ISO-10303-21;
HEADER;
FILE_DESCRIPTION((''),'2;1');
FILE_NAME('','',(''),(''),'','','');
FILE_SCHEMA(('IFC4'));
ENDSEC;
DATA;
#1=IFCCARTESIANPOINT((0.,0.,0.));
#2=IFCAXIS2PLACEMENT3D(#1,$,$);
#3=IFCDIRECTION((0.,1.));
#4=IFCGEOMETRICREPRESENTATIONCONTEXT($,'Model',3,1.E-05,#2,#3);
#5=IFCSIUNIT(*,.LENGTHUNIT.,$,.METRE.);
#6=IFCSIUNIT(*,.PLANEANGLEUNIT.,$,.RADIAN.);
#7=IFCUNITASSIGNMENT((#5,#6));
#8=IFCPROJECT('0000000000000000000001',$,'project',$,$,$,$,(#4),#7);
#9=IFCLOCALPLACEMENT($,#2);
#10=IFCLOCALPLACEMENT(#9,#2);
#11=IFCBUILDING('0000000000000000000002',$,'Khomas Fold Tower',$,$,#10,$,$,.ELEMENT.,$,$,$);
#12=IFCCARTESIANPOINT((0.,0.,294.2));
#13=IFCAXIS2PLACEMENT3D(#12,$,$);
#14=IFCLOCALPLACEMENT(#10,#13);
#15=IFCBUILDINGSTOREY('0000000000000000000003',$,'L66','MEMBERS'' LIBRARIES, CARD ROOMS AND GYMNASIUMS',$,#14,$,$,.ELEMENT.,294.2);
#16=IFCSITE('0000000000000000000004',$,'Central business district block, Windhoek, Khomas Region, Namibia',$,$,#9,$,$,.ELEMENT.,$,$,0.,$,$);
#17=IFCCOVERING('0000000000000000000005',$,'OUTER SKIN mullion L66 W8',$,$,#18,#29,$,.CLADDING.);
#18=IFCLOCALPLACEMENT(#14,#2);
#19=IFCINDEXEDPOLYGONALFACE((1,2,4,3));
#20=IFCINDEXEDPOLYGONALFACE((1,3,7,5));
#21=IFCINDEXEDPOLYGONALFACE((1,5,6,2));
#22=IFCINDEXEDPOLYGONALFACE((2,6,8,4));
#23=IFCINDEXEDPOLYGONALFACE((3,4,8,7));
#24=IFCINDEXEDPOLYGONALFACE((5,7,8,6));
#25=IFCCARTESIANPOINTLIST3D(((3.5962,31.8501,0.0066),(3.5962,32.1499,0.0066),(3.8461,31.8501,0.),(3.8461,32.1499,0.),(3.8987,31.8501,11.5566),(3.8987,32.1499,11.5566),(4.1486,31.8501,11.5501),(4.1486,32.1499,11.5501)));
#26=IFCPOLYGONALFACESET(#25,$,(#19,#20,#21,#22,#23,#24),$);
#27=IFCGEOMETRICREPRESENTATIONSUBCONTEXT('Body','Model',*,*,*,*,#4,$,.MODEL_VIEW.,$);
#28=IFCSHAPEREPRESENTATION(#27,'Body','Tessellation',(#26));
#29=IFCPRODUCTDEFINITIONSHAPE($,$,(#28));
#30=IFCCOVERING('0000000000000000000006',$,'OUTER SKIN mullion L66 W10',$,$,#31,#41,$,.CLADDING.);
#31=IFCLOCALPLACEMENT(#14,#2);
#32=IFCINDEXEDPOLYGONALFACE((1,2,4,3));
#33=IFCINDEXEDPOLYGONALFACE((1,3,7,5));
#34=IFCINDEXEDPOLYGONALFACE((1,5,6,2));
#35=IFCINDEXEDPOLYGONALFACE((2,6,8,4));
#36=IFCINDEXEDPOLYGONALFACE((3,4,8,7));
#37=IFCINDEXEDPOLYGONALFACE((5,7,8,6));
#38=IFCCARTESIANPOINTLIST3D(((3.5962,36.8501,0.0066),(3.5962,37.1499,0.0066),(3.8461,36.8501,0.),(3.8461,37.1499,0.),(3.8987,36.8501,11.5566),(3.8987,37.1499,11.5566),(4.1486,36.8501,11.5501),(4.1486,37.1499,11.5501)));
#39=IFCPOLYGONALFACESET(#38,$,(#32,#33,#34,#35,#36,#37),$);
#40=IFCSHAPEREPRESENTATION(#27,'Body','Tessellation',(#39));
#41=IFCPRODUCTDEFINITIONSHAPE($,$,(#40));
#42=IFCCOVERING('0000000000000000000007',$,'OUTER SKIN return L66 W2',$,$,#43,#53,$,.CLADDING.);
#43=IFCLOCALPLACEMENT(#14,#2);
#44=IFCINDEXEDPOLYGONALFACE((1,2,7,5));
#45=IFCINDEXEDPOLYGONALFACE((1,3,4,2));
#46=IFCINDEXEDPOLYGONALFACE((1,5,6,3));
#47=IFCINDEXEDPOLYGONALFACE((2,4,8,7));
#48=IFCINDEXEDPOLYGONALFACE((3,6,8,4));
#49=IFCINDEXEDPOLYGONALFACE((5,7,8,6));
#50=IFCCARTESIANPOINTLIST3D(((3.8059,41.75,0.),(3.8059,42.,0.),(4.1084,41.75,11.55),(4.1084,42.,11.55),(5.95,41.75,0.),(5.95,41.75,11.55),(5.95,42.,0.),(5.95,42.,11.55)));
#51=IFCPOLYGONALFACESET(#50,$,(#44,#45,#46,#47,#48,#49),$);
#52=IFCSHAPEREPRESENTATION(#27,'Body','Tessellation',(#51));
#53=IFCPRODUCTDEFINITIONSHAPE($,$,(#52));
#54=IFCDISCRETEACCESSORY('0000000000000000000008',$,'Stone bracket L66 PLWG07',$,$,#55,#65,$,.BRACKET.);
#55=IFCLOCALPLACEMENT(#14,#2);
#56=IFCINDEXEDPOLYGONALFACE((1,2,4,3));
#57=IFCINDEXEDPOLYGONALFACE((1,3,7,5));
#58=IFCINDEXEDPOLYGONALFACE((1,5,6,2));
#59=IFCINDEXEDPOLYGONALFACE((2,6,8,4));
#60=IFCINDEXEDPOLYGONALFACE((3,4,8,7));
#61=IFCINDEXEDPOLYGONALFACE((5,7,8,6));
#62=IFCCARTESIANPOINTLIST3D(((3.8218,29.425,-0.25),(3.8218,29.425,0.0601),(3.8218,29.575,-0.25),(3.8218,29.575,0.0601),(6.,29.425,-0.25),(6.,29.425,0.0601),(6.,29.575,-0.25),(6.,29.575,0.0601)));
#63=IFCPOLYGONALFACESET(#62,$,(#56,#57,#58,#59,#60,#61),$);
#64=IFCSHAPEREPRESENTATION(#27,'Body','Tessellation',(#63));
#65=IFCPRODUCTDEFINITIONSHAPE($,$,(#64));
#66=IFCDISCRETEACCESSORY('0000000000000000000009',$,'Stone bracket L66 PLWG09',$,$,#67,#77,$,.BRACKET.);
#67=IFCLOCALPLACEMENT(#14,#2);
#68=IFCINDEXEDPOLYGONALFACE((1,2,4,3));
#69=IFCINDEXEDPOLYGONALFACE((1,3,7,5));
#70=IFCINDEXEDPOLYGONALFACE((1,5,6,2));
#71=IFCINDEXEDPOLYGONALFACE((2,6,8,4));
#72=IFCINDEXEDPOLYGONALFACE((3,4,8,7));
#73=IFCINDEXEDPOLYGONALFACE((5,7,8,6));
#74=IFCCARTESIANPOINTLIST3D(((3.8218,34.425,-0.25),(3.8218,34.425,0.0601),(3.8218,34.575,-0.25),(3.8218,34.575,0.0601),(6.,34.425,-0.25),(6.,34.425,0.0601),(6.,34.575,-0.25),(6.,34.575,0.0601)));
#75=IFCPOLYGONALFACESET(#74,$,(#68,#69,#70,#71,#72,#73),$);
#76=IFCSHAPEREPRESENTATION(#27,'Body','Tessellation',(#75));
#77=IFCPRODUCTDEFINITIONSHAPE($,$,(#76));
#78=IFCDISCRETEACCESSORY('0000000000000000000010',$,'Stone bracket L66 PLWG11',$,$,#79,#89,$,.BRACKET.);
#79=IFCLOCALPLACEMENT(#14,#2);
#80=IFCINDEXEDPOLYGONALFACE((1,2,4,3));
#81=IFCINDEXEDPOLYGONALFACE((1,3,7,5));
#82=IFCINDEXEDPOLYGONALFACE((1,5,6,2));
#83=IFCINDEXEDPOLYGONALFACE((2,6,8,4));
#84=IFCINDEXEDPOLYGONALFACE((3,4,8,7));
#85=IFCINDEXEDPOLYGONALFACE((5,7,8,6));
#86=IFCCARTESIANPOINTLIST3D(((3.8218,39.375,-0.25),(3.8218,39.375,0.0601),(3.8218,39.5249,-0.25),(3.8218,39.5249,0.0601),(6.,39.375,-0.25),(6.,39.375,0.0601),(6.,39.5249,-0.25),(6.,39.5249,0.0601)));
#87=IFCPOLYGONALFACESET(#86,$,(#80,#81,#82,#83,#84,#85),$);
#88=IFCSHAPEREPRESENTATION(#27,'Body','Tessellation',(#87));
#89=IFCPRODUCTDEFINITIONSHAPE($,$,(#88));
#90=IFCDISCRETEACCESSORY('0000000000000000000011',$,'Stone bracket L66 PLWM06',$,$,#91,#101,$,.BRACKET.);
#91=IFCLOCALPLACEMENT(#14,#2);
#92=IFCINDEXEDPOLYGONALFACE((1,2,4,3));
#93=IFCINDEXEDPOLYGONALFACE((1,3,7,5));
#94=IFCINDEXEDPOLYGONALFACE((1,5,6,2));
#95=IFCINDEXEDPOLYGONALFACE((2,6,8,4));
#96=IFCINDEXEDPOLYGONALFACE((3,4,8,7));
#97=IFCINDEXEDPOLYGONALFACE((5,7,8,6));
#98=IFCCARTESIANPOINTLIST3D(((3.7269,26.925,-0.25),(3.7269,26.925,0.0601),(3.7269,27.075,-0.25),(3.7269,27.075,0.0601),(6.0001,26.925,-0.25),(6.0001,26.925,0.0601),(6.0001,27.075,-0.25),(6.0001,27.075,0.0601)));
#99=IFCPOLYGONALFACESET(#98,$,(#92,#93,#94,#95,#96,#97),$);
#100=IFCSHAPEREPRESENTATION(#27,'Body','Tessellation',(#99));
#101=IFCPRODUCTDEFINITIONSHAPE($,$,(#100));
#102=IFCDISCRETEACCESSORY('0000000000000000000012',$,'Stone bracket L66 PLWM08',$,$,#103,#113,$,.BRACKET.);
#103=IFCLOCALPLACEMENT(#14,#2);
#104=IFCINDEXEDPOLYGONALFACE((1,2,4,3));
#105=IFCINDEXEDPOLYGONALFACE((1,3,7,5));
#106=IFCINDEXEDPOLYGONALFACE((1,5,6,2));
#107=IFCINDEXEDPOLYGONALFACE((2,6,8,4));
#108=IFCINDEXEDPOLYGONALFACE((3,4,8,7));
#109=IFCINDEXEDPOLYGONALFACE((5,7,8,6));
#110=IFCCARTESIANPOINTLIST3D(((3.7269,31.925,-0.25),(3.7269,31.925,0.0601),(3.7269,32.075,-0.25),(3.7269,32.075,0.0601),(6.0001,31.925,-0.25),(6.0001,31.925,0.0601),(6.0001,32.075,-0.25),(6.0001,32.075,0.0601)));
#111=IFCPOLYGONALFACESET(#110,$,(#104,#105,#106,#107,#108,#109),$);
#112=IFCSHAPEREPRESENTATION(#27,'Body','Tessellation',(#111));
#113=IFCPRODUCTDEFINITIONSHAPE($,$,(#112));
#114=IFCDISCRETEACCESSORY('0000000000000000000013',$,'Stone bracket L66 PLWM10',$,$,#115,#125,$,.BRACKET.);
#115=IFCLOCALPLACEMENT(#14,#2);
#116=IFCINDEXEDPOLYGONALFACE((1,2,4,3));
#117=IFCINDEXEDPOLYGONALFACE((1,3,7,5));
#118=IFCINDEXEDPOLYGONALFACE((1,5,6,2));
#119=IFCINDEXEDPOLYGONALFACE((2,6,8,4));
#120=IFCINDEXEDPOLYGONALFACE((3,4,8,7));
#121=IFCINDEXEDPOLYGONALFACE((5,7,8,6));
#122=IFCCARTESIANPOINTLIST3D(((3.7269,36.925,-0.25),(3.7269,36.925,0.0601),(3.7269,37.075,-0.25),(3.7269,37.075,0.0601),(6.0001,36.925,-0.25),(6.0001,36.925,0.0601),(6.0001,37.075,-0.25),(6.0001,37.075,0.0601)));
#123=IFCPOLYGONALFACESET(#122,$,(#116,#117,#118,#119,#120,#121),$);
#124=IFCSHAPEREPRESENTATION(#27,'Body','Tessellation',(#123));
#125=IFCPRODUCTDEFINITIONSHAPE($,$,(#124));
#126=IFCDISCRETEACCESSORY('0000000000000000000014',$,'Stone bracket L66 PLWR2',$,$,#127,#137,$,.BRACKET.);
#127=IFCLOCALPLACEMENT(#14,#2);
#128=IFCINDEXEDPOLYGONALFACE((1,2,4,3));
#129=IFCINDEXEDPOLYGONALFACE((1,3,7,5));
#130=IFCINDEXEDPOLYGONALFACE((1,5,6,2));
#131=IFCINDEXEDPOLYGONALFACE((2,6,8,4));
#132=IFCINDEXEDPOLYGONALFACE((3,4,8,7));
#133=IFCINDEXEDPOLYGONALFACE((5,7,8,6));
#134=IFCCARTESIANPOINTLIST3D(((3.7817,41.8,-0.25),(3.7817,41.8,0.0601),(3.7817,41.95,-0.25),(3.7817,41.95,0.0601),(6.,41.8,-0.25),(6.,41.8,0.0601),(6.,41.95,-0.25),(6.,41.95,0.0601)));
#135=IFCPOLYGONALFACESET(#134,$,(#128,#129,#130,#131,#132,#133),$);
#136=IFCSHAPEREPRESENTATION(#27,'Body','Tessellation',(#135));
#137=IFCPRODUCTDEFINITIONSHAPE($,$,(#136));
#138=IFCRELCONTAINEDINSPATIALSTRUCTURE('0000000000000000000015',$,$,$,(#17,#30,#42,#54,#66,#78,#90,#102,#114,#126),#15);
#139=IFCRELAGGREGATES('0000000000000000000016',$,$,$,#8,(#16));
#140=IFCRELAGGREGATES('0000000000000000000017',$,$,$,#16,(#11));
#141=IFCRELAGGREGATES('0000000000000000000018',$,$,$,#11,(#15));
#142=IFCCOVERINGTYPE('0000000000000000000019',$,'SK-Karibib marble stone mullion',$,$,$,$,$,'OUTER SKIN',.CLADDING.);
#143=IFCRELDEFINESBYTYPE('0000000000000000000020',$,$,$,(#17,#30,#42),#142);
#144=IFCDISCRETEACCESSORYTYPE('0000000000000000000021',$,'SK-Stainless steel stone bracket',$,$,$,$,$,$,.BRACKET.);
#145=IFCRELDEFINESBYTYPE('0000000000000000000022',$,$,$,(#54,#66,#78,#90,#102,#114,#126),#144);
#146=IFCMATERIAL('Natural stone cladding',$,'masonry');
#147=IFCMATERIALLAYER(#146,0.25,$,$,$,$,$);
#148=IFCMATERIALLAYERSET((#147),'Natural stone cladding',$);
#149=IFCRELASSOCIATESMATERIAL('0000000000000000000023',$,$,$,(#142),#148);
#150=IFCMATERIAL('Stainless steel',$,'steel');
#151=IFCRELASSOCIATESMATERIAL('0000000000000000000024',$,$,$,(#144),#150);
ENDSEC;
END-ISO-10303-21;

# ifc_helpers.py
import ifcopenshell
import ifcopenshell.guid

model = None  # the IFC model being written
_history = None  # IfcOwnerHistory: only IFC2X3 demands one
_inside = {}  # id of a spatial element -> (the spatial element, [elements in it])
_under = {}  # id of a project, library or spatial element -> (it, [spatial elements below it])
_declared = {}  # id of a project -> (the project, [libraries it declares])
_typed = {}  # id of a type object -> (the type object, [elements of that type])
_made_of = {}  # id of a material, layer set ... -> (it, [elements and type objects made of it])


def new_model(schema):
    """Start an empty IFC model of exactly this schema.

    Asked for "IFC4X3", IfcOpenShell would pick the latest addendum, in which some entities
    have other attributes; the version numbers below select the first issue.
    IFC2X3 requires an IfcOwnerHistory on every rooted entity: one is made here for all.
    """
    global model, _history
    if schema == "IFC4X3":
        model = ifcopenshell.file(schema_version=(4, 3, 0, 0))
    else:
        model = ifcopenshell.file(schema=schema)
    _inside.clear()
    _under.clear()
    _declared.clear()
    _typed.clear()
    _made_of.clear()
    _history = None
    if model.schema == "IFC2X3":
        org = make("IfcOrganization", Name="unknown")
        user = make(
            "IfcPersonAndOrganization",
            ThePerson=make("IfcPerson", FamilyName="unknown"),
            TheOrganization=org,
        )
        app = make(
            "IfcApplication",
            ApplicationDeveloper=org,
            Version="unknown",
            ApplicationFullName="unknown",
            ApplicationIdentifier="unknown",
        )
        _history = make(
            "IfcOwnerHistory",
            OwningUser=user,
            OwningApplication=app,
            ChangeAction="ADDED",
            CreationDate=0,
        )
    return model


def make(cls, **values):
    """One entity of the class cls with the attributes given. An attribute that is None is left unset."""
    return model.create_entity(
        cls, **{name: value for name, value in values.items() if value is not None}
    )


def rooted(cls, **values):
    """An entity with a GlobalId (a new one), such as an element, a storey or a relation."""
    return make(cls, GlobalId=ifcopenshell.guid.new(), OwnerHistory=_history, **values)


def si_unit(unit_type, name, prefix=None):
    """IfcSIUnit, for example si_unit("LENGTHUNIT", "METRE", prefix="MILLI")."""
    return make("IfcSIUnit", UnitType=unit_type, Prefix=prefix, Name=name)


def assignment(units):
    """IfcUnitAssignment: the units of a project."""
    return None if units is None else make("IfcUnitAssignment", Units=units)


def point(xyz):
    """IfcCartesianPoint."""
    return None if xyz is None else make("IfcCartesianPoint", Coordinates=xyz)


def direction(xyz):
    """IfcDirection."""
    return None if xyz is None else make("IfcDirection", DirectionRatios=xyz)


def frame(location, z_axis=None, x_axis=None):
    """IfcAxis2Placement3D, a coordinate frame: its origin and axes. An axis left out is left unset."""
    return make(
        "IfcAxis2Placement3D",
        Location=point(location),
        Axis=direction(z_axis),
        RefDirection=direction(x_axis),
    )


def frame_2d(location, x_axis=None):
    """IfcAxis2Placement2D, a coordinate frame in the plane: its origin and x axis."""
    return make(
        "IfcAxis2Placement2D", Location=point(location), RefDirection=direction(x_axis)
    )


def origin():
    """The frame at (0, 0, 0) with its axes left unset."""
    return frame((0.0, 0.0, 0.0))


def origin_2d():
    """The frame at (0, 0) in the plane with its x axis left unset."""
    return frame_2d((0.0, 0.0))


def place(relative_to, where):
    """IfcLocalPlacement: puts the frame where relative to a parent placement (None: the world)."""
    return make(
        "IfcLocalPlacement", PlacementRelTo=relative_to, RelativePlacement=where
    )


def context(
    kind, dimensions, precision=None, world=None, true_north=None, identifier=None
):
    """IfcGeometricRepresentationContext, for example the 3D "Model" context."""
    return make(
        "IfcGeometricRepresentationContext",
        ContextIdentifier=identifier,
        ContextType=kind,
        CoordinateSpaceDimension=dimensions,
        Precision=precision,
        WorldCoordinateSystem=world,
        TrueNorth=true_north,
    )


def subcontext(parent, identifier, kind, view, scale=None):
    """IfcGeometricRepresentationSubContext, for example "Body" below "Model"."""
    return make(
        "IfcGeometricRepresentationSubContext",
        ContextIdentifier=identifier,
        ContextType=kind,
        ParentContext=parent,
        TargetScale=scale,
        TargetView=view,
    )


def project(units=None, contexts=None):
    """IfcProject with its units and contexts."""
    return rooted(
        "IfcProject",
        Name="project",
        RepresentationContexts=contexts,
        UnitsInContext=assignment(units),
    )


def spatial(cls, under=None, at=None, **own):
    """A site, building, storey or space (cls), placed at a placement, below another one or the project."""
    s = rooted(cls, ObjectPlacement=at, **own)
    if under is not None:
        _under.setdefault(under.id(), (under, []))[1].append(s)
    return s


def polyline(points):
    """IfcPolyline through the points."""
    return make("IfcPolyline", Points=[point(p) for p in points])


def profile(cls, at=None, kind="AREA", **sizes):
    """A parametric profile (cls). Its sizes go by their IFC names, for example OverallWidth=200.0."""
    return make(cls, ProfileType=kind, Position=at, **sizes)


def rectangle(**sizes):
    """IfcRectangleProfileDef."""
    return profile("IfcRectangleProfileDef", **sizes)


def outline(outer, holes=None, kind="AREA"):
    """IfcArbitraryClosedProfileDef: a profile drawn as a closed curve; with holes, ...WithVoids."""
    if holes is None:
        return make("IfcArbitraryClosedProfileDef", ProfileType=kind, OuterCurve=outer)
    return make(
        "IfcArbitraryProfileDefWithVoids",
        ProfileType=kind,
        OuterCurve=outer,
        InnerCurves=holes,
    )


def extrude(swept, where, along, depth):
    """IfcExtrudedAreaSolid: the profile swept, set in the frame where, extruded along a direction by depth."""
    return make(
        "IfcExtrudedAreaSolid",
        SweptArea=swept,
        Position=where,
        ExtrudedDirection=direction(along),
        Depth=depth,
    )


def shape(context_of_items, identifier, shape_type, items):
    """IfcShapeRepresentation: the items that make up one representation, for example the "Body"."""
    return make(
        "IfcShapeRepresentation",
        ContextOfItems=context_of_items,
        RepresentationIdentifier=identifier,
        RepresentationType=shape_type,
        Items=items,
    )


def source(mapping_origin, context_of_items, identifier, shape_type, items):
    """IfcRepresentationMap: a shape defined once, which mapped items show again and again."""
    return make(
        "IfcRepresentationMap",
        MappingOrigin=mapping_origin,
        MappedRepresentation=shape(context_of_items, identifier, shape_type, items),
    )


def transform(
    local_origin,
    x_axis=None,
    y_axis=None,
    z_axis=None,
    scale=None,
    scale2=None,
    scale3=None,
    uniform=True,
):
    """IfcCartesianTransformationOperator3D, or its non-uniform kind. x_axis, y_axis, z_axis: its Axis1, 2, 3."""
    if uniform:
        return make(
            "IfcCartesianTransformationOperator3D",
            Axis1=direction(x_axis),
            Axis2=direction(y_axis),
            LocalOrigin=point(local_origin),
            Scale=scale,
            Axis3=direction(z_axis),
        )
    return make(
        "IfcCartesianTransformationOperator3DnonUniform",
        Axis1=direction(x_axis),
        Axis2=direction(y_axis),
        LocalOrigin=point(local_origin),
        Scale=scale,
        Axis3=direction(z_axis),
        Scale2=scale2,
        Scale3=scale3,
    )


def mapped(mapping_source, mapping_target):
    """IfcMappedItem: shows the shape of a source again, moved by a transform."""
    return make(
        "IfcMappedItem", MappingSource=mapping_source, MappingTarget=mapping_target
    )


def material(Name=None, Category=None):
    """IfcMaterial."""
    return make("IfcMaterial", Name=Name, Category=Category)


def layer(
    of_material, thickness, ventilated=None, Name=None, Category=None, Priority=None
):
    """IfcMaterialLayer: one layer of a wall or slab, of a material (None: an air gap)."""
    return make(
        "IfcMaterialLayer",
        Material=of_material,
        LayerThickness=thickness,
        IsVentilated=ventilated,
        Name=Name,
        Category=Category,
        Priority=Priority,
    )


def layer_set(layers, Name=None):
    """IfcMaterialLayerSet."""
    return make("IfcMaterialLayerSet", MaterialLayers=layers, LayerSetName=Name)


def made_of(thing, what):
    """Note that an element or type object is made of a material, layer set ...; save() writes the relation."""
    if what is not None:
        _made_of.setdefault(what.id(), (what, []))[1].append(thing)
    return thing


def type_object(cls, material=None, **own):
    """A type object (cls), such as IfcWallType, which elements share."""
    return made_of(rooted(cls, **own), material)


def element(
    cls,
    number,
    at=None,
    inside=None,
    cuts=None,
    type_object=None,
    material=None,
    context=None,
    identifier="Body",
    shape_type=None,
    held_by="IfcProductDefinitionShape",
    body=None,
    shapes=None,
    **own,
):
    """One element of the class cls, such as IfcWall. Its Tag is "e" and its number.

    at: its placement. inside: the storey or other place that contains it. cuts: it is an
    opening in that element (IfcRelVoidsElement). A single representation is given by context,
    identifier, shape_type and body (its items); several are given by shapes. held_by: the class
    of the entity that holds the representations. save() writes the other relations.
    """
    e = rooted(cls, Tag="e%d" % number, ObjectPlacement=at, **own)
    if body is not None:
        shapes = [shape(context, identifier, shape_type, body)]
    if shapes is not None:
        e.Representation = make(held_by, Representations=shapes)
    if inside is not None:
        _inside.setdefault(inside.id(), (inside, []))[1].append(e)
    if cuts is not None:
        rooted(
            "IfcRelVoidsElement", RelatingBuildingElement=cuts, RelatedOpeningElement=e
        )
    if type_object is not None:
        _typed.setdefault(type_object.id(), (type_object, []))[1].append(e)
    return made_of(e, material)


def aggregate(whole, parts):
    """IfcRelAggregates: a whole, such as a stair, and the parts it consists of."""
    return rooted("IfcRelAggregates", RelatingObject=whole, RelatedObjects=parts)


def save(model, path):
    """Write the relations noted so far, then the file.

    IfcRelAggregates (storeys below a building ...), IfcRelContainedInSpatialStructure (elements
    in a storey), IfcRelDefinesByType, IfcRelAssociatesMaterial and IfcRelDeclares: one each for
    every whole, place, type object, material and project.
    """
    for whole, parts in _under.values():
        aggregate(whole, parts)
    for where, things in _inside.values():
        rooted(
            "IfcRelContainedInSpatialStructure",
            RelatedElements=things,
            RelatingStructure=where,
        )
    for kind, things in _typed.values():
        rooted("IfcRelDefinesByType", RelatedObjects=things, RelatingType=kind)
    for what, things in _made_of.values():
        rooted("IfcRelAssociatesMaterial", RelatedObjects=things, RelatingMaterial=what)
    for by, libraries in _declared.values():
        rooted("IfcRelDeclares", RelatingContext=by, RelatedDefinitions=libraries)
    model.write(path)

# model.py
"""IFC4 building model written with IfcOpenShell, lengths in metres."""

from ifc_helpers import new_model, si_unit, direction, frame, origin, origin_2d, place, context, subcontext, project, spatial, polyline, rectangle, outline, extrude, source, transform, mapped, material, layer, layer_set, type_object, element, save


model = new_model("IFC4")

# Units and contexts
model_context = context("Model", 3, precision=1e-05, world=origin(), true_north=direction((0.0, 1.0)))
body_context = subcontext(model_context, "Body", "Model", "MODEL_VIEW")
ifc_project = project(units=[si_unit("LENGTHUNIT", "METRE"), si_unit("PLANEANGLEUNIT", "RADIAN")], contexts=[model_context])

# Site, building, storey
site_placement = place(None, origin())
site = spatial("IfcSite", under=ifc_project, at=site_placement, Name="Central business district block, Windhoek, Khomas Region, Namibia", CompositionType="ELEMENT", RefElevation=0.0)
building_placement = place(site_placement, origin())
building = spatial("IfcBuilding", under=site, at=building_placement, Name="Khomas Fold Tower", CompositionType="ELEMENT")
storey_placement = place(building_placement, frame((0.0, 0.0, 294.2)))
storey = spatial("IfcBuildingStorey", under=building, at=storey_placement, Name="L66", Description="MEMBERS' LIBRARIES, CARD ROOMS AND GYMNASIUMS", CompositionType="ELEMENT", Elevation=294.2)

# Coverings
ifc_material_1 = material(Name="Natural stone cladding", Category="masonry")
ifc_layer_1 = layer(ifc_material_1, 0.25)
ifc_layer_set_1 = layer_set([ifc_layer_1], Name="Natural stone cladding")
covering_type = type_object("IfcCoveringType", Name="SK-Karibib marble stone mullion", ElementType="OUTER SKIN", PredefinedType="CLADDING", material=ifc_layer_set_1)
for number, where, z_axis, x_axis, name in (
    (1, (3.5962, 31.8501, 0.0066), (-0.999657, 0.0, 0.026181), (0.0, 1.0, 0.0), "OUTER SKIN mullion L66 W8"),
    (2, (3.5962, 36.8501, 0.0066), (-0.999657, 0.0, 0.026181), (0.0, 1.0, 0.0), "OUTER SKIN mullion L66 W10"),
):
    element("IfcCovering", number, at=place(storey_placement, frame(where, z_axis=z_axis, x_axis=x_axis)), inside=storey, type_object=covering_type, Name=name, PredefinedType="CLADDING", context=body_context, shape_type="SweptSolid", body=[
        extrude(outline(polyline([(0.0, 0.0), (0.2998, 0.0), (0.2998, -11.554), (0.0, -11.554), (0.0, 0.0)])), origin(), (0.0, 0.0, -1.0), 0.25),
    ])
covering_placement = place(storey_placement, frame((5.95, 42.0, 0.0), z_axis=(0.0, 1.0, 0.0), x_axis=(-1.0, 0.0, 0.0)))
element("IfcCovering", 3, at=covering_placement, inside=storey, type_object=covering_type, Name="OUTER SKIN return L66 W2", PredefinedType="CLADDING", context=body_context, shape_type="SweptSolid", body=[
    extrude(outline(polyline([(0.0, 0.0), (2.144, 0.0), (1.8416, 11.55), (0.0, 11.55), (0.0, 0.0)])), origin(), (0.0, 0.0, -1.0), 0.25),
])

# Discrete accessories
ifc_material_2 = material(Name="Stainless steel", Category="steel")
discrete_accessory_type = type_object("IfcDiscreteAccessoryType", Name="SK-Stainless steel stone bracket", PredefinedType="BRACKET", material=ifc_material_2)
shared_shape_1 = source(origin(), body_context, "Body", "SweptSolid", [
    extrude(rectangle(XDim=2.1782, YDim=0.1499, at=origin_2d()), origin(), (0.0, 0.0, 1.0), 0.3101),
])
for number, where, z_axis, x_axis, name in (
    (4, (4.9109, 29.5, -0.25), (0.0, 0.0, 1.0), (-1.0, 0.0, 0.0), "Stone bracket L66 PLWG07"),
    (5, (4.9109, 34.5, -0.25), (0.0, 0.0, 1.0), (-1.0, 0.0, 0.0), "Stone bracket L66 PLWG09"),
    (6, (4.9109, 39.45, -0.25), (0.0, 0.0, 1.0), (-1.0, 0.0, 0.0), "Stone bracket L66 PLWG11"),
):
    element("IfcDiscreteAccessory", number, at=place(storey_placement, frame(where, z_axis=z_axis, x_axis=x_axis)), inside=storey, type_object=discrete_accessory_type, Name=name, PredefinedType="BRACKET", context=body_context, shape_type="MappedRepresentation", body=[
        mapped(shared_shape_1, transform((0.0, 0.0, 0.0))),
    ])
shared_shape_2 = source(origin(), body_context, "Body", "SweptSolid", [
    extrude(rectangle(XDim=2.2732, YDim=0.1499, at=origin_2d()), origin(), (0.0, 0.0, 1.0), 0.3101),
])
for number, where, z_axis, x_axis, name in (
    (7, (4.8635, 27.0, -0.25), (0.0, 0.0, 1.0), (-1.0, 0.0, 0.0), "Stone bracket L66 PLWM06"),
    (8, (4.8635, 32.0, -0.25), (0.0, 0.0, 1.0), (-1.0, 0.0, 0.0), "Stone bracket L66 PLWM08"),
    (9, (4.8635, 37.0, -0.25), (0.0, 0.0, 1.0), (-1.0, 0.0, 0.0), "Stone bracket L66 PLWM10"),
):
    element("IfcDiscreteAccessory", number, at=place(storey_placement, frame(where, z_axis=z_axis, x_axis=x_axis)), inside=storey, type_object=discrete_accessory_type, Name=name, PredefinedType="BRACKET", context=body_context, shape_type="MappedRepresentation", body=[
        mapped(shared_shape_2, transform((0.0, 0.0, 0.0))),
    ])
shared_shape_3 = source(origin(), body_context, "Body", "SweptSolid", [
    extrude(rectangle(XDim=2.2183, YDim=0.1499, at=origin_2d()), origin(), (0.0, 0.0, 1.0), 0.3101),
])
discrete_accessory_placement = place(storey_placement, frame((4.8909, 41.875, -0.25), z_axis=(0.0, 0.0, 1.0), x_axis=(-1.0, 0.0, 0.0)))
element("IfcDiscreteAccessory", 10, at=discrete_accessory_placement, inside=storey, type_object=discrete_accessory_type, Name="Stone bracket L66 PLWR2", PredefinedType="BRACKET", context=body_context, shape_type="MappedRepresentation", body=[
    mapped(shared_shape_3, transform((0.0, 0.0, 0.0))),
])

save(model, "model.ifc")
